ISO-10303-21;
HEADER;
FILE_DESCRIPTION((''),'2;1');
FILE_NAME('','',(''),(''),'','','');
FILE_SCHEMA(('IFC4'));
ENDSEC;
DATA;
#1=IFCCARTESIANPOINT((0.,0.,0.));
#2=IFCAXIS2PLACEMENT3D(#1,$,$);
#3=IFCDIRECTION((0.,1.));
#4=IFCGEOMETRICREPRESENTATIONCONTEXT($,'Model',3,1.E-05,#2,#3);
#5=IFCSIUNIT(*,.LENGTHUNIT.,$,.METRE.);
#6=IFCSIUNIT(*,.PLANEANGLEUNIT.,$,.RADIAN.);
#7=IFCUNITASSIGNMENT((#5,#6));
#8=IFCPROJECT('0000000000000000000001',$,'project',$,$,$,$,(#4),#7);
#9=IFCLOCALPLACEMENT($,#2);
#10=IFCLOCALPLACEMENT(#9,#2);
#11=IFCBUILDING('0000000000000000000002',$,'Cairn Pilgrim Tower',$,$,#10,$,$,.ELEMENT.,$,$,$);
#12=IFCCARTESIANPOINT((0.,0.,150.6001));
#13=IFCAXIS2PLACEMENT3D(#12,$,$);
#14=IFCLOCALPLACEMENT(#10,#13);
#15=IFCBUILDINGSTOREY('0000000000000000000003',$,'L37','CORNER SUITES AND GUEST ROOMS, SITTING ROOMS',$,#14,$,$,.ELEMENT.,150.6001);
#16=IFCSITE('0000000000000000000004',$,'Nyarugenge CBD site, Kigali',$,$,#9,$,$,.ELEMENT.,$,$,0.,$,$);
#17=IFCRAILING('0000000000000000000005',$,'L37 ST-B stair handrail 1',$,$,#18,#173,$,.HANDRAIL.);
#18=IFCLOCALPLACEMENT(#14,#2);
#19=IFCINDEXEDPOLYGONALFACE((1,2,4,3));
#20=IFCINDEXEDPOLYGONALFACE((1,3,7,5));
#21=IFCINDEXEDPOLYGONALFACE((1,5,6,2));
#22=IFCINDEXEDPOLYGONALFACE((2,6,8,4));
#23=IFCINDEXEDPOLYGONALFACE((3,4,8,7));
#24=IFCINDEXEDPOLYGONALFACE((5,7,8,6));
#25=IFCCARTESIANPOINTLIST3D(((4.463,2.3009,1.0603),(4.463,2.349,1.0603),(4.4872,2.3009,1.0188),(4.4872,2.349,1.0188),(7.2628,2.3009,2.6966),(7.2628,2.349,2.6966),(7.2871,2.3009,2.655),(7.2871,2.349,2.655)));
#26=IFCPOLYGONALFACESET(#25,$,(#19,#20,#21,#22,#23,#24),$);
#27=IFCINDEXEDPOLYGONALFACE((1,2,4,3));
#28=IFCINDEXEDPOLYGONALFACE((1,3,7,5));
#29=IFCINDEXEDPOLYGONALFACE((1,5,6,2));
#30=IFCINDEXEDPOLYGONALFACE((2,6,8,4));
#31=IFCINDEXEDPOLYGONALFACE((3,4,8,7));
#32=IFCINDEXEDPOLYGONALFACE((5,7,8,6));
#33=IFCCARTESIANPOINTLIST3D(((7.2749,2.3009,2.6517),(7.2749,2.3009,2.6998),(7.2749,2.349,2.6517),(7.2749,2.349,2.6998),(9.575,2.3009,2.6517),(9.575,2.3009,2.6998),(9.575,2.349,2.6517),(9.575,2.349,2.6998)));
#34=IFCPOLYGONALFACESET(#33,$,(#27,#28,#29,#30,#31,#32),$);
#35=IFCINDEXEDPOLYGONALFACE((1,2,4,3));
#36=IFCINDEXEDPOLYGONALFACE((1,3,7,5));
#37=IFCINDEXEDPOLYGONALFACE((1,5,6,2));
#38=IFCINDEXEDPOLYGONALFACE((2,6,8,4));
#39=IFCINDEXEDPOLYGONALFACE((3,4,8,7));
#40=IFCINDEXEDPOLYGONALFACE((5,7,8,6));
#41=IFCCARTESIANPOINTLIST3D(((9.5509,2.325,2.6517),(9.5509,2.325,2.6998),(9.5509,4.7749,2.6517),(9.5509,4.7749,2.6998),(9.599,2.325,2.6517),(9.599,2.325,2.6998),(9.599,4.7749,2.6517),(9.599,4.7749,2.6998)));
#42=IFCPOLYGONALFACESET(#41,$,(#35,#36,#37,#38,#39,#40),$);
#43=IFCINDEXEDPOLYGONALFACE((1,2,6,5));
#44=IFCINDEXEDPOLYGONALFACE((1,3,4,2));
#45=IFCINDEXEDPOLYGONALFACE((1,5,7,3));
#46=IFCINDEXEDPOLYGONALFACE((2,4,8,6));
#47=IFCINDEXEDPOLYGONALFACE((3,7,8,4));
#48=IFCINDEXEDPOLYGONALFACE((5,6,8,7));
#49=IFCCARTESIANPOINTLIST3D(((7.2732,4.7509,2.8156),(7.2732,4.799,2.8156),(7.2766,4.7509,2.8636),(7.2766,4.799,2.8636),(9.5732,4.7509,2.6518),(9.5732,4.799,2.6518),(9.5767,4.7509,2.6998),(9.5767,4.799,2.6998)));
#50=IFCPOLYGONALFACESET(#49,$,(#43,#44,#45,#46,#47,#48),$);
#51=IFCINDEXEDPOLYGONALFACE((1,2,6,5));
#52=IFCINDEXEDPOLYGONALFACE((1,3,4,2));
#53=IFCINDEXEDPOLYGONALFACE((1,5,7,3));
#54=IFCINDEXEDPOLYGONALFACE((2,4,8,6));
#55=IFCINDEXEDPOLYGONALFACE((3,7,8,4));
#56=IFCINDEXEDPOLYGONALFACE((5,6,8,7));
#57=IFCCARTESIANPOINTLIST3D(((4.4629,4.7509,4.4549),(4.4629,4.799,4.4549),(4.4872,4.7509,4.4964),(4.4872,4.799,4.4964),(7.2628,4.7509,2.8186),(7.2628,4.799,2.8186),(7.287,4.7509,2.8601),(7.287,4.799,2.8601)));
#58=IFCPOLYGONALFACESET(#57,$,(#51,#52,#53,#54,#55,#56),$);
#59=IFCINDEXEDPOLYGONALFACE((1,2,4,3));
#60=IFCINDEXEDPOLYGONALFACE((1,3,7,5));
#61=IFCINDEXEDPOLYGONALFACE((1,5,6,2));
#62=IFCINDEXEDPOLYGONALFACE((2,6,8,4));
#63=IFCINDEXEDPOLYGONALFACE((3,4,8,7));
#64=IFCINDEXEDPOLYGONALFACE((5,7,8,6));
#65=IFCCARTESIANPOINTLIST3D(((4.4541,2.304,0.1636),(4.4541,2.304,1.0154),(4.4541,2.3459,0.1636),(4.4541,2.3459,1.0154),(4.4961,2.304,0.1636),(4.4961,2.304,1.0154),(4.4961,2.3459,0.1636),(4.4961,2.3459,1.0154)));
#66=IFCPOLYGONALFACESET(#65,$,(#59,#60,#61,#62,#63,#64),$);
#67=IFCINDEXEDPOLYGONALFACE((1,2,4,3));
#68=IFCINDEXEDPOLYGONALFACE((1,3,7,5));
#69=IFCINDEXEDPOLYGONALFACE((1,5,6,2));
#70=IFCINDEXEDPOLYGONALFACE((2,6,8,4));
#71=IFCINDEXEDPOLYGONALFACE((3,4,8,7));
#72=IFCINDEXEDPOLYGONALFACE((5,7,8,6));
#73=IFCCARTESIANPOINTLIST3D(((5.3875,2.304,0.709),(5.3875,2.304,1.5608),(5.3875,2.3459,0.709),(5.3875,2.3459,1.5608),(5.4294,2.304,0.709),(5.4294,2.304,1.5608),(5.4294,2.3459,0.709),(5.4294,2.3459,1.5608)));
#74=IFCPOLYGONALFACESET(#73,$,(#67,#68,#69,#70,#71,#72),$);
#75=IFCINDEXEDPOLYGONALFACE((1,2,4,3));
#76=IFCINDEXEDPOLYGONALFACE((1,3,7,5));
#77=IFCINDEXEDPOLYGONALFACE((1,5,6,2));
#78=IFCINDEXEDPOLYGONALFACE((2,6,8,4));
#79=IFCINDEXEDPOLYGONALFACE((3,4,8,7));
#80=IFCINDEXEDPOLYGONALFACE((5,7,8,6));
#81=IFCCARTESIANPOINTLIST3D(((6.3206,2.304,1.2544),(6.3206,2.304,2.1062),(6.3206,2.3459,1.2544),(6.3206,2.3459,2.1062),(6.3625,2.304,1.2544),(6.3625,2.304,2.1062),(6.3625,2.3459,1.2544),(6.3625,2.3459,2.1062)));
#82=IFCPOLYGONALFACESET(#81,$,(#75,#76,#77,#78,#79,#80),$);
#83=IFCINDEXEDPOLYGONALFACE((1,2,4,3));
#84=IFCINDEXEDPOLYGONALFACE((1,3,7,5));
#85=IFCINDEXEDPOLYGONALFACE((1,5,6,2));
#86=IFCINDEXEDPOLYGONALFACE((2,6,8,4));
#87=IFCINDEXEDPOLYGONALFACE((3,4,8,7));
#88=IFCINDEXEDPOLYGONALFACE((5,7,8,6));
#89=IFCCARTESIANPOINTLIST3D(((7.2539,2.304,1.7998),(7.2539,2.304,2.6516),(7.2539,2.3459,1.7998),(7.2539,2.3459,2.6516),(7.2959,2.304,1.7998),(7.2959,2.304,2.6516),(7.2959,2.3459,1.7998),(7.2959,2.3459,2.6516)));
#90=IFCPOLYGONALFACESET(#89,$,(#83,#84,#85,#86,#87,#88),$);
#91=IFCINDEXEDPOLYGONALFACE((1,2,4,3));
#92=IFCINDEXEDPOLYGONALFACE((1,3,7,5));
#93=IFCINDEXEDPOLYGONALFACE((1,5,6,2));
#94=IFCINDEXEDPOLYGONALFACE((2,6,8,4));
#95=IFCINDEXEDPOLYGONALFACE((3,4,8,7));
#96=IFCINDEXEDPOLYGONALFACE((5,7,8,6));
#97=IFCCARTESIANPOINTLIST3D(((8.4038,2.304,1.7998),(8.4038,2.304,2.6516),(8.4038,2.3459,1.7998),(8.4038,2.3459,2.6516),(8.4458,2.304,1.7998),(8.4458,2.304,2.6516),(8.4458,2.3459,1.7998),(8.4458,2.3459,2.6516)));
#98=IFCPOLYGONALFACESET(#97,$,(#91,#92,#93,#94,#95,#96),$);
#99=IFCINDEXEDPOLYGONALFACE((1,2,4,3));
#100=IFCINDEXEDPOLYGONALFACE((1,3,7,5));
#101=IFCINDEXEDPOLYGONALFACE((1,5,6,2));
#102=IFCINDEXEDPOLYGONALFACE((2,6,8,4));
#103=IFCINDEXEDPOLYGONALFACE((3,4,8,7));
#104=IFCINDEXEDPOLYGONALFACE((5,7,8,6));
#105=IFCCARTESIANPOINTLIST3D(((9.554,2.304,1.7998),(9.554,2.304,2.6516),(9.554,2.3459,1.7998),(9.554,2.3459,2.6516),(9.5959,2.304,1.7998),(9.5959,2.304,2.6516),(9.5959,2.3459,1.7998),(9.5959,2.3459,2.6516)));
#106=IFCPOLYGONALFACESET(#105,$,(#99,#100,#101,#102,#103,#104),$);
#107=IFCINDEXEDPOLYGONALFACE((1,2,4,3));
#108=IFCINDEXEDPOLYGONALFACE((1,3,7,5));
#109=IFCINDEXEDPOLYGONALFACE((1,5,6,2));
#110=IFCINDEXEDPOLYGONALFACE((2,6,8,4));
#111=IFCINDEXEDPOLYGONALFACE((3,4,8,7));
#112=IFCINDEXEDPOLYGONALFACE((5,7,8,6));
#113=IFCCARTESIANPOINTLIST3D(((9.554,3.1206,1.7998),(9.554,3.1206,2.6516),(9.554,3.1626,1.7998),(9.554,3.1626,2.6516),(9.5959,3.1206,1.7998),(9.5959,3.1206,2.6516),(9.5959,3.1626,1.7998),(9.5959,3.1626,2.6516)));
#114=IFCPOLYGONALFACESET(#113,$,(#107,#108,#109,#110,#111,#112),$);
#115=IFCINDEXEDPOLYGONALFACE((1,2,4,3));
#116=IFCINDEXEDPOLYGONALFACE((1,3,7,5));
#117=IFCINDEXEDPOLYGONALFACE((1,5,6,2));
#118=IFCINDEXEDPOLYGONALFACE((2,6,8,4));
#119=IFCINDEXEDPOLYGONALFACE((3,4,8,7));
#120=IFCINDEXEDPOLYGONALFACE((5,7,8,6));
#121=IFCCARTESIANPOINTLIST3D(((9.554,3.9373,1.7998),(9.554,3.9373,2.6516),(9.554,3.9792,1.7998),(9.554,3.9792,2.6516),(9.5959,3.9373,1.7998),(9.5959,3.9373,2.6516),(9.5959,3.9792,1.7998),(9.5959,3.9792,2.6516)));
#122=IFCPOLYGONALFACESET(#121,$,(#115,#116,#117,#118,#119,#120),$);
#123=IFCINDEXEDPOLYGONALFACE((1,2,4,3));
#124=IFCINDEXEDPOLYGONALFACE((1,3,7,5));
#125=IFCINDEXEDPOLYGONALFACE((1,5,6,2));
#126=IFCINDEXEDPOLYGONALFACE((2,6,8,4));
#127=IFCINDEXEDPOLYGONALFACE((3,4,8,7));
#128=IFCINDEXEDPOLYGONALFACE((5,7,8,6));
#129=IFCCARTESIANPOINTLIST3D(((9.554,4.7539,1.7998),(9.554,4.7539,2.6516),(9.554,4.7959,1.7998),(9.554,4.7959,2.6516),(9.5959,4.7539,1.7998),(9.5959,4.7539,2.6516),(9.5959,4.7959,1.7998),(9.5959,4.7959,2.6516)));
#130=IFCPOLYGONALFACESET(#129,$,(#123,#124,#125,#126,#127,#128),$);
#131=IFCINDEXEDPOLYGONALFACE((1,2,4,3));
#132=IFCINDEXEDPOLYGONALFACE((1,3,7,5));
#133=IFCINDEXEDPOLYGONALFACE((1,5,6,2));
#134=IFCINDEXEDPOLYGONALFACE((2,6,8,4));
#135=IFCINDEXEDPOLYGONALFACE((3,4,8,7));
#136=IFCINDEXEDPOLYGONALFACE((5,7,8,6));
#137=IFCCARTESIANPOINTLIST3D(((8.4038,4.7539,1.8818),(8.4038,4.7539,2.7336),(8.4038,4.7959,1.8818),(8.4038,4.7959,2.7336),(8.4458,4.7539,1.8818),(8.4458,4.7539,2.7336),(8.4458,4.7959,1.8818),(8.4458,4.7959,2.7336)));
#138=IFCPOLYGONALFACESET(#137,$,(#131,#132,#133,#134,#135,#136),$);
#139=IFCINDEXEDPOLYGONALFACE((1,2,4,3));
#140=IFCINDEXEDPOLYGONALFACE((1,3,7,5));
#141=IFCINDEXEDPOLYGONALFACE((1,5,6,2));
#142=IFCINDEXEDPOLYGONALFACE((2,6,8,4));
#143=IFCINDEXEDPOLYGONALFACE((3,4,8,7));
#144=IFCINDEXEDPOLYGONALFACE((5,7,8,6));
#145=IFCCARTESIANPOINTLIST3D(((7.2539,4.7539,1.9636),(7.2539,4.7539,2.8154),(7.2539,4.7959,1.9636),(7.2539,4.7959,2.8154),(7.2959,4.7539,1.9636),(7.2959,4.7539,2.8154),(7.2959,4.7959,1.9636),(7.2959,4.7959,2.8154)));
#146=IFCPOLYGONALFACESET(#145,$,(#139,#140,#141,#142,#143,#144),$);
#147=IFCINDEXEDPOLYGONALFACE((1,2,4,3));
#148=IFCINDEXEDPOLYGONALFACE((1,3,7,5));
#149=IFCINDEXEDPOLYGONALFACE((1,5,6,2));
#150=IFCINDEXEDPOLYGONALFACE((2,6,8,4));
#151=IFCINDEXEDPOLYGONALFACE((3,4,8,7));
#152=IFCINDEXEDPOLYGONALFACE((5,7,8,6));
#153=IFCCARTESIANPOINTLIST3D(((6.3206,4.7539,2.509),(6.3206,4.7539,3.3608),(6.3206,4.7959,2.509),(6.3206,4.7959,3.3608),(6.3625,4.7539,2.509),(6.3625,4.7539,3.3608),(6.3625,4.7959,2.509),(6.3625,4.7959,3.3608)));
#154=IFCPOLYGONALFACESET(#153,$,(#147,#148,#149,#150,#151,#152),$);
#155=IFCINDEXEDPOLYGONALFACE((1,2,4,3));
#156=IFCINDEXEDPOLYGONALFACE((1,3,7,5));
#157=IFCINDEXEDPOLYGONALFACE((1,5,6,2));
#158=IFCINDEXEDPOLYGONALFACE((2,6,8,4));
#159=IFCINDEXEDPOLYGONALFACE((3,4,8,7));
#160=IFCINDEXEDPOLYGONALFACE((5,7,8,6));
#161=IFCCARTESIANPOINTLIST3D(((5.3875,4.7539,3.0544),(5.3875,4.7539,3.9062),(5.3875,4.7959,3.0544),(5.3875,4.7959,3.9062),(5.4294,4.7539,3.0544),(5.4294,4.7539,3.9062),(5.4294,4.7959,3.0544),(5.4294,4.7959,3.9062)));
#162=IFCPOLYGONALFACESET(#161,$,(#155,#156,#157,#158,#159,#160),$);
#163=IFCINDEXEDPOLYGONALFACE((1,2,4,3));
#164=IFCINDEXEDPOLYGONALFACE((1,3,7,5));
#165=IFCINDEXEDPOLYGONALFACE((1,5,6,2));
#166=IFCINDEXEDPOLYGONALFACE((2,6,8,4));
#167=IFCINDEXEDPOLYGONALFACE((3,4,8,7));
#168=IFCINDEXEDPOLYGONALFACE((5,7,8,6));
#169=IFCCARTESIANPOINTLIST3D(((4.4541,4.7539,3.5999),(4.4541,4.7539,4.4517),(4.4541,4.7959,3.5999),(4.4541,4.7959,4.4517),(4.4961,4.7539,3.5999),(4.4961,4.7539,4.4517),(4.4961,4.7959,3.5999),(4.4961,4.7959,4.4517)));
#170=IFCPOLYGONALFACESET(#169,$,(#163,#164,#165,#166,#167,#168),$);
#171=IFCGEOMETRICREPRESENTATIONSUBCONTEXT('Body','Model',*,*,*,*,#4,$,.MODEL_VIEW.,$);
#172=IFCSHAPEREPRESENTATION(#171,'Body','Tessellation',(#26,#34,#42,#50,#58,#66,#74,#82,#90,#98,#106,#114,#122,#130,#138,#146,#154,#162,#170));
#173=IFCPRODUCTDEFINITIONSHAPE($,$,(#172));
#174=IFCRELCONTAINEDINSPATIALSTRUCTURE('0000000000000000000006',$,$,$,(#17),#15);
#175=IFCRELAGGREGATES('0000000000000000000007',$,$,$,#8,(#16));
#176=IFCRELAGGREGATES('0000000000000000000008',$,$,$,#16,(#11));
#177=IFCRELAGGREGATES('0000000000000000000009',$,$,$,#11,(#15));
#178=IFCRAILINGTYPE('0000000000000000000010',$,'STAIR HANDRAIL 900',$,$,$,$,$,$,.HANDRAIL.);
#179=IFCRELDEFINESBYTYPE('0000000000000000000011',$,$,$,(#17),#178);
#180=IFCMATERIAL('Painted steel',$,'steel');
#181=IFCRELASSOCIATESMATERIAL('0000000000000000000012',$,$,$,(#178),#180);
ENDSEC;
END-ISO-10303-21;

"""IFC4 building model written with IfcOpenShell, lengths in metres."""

from ifc_helpers import new_model, si_unit, direction, frame, origin, origin_2d, place, context, subcontext, project, spatial, rectangle, extrude, material, type_object, element, save


model = new_model("IFC4")

# Units and contexts
model_context = context("Model", 3, precision=1e-05, world=origin(), true_north=direction((0.0, 1.0)))
body_context = subcontext(model_context, "Body", "Model", "MODEL_VIEW")
ifc_project = project(units=[si_unit("LENGTHUNIT", "METRE"), si_unit("PLANEANGLEUNIT", "RADIAN")], contexts=[model_context])

# Site, building, storey
site_placement = place(None, origin())
site = spatial("IfcSite", under=ifc_project, at=site_placement, Name="Nyarugenge CBD site, Kigali", CompositionType="ELEMENT", RefElevation=0.0)
building_placement = place(site_placement, origin())
building = spatial("IfcBuilding", under=site, at=building_placement, Name="Cairn Pilgrim Tower", CompositionType="ELEMENT")
storey_placement = place(building_placement, frame((0.0, 0.0, 150.6001)))
storey = spatial("IfcBuildingStorey", under=building, at=storey_placement, Name="L37", Description="CORNER SUITES AND GUEST ROOMS, SITTING ROOMS", CompositionType="ELEMENT", Elevation=150.6001)

# Shared definitions
ifc_material_1 = material(Name="Painted steel", Category="steel")

# Railing
railing_type = type_object("IfcRailingType", Name="STAIR HANDRAIL 900", PredefinedType="HANDRAIL", material=ifc_material_1)
railing_placement = place(storey_placement, frame((4.4751, 2.325, 0.1636)))
element("IfcRailing", 1, at=railing_placement, inside=storey, type_object=railing_type, Name="L37 ST-B stair handrail 1", PredefinedType="HANDRAIL", context=body_context, shape_type="SweptSolid", body=[
    extrude(rectangle(XDim=0.0481, YDim=0.0481, at=origin_2d()), frame((0.0, 0.0, 0.876), z_axis=(0.863374, 0.0, 0.504564), x_axis=(0.0, 1.0, 0.0)), (0.0, 0.0, 1.0), 3.2429),
    extrude(rectangle(XDim=0.0481, YDim=0.0481, at=origin_2d()), frame((2.7998, 0.0, 2.5122), z_axis=(1.0, 0.0, 0.0), x_axis=(0.0, 1.0, 0.0)), (0.0, 0.0, 1.0), 2.3),
    extrude(rectangle(XDim=0.0481, YDim=0.0481, at=origin_2d()), frame((5.0999, 0.0, 2.5122), z_axis=(0.0, 1.0, 0.0), x_axis=(-1.0, 0.0, 0.0)), (0.0, 0.0, 1.0), 2.45),
    extrude(rectangle(XDim=0.0481, YDim=0.0481, at=origin_2d()), frame((5.0999, 2.45, 2.5122), z_axis=(-0.997473, 0.0, 0.071044), x_axis=(0.0, -1.0, 0.0)), (0.0, 0.0, 1.0), 2.3059),
    extrude(rectangle(XDim=0.0481, YDim=0.0481, at=origin_2d()), frame((2.7998, 2.45, 2.6758), z_axis=(-0.863374, 0.0, 0.504564), x_axis=(0.0, -1.0, 0.0)), (0.0, 0.0, 1.0), 3.2429),
    extrude(rectangle(XDim=0.042, YDim=0.042, at=origin_2d()), origin(), (0.0, 0.0, 1.0), 0.8518),
    extrude(rectangle(XDim=0.042, YDim=0.042, at=origin_2d()), frame((0.9333, 0.0, 0.5454)), (0.0, 0.0, 1.0), 0.8518),
    extrude(rectangle(XDim=0.042, YDim=0.042, at=origin_2d()), frame((1.8665, 0.0, 1.0908)), (0.0, 0.0, 1.0), 0.8518),
    extrude(rectangle(XDim=0.042, YDim=0.042, at=origin_2d()), frame((2.7998, 0.0, 1.6362)), (0.0, 0.0, 1.0), 0.8518),
    extrude(rectangle(XDim=0.042, YDim=0.042, at=origin_2d()), frame((3.9497, 0.0, 1.6362)), (0.0, 0.0, 1.0), 0.8518),
    extrude(rectangle(XDim=0.042, YDim=0.042, at=origin_2d()), frame((5.0999, 0.0, 1.6362)), (0.0, 0.0, 1.0), 0.8518),
    extrude(rectangle(XDim=0.042, YDim=0.042, at=origin_2d()), frame((5.0999, 0.8167, 1.6362)), (0.0, 0.0, 1.0), 0.8518),
    extrude(rectangle(XDim=0.042, YDim=0.042, at=origin_2d()), frame((5.0999, 1.6333, 1.6362)), (0.0, 0.0, 1.0), 0.8518),
    extrude(rectangle(XDim=0.042, YDim=0.042, at=origin_2d()), frame((5.0999, 2.45, 1.6362)), (0.0, 0.0, 1.0), 0.8518),
    extrude(rectangle(XDim=0.042, YDim=0.042, at=origin_2d()), frame((3.9497, 2.45, 1.7183)), (0.0, 0.0, 1.0), 0.8518),
    extrude(rectangle(XDim=0.042, YDim=0.042, at=origin_2d()), frame((2.7998, 2.45, 1.8)), (0.0, 0.0, 1.0), 0.8518),
    extrude(rectangle(XDim=0.042, YDim=0.042, at=origin_2d()), frame((1.8665, 2.45, 2.3455)), (0.0, 0.0, 1.0), 0.8518),
    extrude(rectangle(XDim=0.042, YDim=0.042, at=origin_2d()), frame((0.9333, 2.45, 2.8909)), (0.0, 0.0, 1.0), 0.8518),
    extrude(rectangle(XDim=0.042, YDim=0.042, at=origin_2d()), frame((0.0, 2.45, 3.4363)), (0.0, 0.0, 1.0), 0.8518),
])

save(model, "model.ifc")
